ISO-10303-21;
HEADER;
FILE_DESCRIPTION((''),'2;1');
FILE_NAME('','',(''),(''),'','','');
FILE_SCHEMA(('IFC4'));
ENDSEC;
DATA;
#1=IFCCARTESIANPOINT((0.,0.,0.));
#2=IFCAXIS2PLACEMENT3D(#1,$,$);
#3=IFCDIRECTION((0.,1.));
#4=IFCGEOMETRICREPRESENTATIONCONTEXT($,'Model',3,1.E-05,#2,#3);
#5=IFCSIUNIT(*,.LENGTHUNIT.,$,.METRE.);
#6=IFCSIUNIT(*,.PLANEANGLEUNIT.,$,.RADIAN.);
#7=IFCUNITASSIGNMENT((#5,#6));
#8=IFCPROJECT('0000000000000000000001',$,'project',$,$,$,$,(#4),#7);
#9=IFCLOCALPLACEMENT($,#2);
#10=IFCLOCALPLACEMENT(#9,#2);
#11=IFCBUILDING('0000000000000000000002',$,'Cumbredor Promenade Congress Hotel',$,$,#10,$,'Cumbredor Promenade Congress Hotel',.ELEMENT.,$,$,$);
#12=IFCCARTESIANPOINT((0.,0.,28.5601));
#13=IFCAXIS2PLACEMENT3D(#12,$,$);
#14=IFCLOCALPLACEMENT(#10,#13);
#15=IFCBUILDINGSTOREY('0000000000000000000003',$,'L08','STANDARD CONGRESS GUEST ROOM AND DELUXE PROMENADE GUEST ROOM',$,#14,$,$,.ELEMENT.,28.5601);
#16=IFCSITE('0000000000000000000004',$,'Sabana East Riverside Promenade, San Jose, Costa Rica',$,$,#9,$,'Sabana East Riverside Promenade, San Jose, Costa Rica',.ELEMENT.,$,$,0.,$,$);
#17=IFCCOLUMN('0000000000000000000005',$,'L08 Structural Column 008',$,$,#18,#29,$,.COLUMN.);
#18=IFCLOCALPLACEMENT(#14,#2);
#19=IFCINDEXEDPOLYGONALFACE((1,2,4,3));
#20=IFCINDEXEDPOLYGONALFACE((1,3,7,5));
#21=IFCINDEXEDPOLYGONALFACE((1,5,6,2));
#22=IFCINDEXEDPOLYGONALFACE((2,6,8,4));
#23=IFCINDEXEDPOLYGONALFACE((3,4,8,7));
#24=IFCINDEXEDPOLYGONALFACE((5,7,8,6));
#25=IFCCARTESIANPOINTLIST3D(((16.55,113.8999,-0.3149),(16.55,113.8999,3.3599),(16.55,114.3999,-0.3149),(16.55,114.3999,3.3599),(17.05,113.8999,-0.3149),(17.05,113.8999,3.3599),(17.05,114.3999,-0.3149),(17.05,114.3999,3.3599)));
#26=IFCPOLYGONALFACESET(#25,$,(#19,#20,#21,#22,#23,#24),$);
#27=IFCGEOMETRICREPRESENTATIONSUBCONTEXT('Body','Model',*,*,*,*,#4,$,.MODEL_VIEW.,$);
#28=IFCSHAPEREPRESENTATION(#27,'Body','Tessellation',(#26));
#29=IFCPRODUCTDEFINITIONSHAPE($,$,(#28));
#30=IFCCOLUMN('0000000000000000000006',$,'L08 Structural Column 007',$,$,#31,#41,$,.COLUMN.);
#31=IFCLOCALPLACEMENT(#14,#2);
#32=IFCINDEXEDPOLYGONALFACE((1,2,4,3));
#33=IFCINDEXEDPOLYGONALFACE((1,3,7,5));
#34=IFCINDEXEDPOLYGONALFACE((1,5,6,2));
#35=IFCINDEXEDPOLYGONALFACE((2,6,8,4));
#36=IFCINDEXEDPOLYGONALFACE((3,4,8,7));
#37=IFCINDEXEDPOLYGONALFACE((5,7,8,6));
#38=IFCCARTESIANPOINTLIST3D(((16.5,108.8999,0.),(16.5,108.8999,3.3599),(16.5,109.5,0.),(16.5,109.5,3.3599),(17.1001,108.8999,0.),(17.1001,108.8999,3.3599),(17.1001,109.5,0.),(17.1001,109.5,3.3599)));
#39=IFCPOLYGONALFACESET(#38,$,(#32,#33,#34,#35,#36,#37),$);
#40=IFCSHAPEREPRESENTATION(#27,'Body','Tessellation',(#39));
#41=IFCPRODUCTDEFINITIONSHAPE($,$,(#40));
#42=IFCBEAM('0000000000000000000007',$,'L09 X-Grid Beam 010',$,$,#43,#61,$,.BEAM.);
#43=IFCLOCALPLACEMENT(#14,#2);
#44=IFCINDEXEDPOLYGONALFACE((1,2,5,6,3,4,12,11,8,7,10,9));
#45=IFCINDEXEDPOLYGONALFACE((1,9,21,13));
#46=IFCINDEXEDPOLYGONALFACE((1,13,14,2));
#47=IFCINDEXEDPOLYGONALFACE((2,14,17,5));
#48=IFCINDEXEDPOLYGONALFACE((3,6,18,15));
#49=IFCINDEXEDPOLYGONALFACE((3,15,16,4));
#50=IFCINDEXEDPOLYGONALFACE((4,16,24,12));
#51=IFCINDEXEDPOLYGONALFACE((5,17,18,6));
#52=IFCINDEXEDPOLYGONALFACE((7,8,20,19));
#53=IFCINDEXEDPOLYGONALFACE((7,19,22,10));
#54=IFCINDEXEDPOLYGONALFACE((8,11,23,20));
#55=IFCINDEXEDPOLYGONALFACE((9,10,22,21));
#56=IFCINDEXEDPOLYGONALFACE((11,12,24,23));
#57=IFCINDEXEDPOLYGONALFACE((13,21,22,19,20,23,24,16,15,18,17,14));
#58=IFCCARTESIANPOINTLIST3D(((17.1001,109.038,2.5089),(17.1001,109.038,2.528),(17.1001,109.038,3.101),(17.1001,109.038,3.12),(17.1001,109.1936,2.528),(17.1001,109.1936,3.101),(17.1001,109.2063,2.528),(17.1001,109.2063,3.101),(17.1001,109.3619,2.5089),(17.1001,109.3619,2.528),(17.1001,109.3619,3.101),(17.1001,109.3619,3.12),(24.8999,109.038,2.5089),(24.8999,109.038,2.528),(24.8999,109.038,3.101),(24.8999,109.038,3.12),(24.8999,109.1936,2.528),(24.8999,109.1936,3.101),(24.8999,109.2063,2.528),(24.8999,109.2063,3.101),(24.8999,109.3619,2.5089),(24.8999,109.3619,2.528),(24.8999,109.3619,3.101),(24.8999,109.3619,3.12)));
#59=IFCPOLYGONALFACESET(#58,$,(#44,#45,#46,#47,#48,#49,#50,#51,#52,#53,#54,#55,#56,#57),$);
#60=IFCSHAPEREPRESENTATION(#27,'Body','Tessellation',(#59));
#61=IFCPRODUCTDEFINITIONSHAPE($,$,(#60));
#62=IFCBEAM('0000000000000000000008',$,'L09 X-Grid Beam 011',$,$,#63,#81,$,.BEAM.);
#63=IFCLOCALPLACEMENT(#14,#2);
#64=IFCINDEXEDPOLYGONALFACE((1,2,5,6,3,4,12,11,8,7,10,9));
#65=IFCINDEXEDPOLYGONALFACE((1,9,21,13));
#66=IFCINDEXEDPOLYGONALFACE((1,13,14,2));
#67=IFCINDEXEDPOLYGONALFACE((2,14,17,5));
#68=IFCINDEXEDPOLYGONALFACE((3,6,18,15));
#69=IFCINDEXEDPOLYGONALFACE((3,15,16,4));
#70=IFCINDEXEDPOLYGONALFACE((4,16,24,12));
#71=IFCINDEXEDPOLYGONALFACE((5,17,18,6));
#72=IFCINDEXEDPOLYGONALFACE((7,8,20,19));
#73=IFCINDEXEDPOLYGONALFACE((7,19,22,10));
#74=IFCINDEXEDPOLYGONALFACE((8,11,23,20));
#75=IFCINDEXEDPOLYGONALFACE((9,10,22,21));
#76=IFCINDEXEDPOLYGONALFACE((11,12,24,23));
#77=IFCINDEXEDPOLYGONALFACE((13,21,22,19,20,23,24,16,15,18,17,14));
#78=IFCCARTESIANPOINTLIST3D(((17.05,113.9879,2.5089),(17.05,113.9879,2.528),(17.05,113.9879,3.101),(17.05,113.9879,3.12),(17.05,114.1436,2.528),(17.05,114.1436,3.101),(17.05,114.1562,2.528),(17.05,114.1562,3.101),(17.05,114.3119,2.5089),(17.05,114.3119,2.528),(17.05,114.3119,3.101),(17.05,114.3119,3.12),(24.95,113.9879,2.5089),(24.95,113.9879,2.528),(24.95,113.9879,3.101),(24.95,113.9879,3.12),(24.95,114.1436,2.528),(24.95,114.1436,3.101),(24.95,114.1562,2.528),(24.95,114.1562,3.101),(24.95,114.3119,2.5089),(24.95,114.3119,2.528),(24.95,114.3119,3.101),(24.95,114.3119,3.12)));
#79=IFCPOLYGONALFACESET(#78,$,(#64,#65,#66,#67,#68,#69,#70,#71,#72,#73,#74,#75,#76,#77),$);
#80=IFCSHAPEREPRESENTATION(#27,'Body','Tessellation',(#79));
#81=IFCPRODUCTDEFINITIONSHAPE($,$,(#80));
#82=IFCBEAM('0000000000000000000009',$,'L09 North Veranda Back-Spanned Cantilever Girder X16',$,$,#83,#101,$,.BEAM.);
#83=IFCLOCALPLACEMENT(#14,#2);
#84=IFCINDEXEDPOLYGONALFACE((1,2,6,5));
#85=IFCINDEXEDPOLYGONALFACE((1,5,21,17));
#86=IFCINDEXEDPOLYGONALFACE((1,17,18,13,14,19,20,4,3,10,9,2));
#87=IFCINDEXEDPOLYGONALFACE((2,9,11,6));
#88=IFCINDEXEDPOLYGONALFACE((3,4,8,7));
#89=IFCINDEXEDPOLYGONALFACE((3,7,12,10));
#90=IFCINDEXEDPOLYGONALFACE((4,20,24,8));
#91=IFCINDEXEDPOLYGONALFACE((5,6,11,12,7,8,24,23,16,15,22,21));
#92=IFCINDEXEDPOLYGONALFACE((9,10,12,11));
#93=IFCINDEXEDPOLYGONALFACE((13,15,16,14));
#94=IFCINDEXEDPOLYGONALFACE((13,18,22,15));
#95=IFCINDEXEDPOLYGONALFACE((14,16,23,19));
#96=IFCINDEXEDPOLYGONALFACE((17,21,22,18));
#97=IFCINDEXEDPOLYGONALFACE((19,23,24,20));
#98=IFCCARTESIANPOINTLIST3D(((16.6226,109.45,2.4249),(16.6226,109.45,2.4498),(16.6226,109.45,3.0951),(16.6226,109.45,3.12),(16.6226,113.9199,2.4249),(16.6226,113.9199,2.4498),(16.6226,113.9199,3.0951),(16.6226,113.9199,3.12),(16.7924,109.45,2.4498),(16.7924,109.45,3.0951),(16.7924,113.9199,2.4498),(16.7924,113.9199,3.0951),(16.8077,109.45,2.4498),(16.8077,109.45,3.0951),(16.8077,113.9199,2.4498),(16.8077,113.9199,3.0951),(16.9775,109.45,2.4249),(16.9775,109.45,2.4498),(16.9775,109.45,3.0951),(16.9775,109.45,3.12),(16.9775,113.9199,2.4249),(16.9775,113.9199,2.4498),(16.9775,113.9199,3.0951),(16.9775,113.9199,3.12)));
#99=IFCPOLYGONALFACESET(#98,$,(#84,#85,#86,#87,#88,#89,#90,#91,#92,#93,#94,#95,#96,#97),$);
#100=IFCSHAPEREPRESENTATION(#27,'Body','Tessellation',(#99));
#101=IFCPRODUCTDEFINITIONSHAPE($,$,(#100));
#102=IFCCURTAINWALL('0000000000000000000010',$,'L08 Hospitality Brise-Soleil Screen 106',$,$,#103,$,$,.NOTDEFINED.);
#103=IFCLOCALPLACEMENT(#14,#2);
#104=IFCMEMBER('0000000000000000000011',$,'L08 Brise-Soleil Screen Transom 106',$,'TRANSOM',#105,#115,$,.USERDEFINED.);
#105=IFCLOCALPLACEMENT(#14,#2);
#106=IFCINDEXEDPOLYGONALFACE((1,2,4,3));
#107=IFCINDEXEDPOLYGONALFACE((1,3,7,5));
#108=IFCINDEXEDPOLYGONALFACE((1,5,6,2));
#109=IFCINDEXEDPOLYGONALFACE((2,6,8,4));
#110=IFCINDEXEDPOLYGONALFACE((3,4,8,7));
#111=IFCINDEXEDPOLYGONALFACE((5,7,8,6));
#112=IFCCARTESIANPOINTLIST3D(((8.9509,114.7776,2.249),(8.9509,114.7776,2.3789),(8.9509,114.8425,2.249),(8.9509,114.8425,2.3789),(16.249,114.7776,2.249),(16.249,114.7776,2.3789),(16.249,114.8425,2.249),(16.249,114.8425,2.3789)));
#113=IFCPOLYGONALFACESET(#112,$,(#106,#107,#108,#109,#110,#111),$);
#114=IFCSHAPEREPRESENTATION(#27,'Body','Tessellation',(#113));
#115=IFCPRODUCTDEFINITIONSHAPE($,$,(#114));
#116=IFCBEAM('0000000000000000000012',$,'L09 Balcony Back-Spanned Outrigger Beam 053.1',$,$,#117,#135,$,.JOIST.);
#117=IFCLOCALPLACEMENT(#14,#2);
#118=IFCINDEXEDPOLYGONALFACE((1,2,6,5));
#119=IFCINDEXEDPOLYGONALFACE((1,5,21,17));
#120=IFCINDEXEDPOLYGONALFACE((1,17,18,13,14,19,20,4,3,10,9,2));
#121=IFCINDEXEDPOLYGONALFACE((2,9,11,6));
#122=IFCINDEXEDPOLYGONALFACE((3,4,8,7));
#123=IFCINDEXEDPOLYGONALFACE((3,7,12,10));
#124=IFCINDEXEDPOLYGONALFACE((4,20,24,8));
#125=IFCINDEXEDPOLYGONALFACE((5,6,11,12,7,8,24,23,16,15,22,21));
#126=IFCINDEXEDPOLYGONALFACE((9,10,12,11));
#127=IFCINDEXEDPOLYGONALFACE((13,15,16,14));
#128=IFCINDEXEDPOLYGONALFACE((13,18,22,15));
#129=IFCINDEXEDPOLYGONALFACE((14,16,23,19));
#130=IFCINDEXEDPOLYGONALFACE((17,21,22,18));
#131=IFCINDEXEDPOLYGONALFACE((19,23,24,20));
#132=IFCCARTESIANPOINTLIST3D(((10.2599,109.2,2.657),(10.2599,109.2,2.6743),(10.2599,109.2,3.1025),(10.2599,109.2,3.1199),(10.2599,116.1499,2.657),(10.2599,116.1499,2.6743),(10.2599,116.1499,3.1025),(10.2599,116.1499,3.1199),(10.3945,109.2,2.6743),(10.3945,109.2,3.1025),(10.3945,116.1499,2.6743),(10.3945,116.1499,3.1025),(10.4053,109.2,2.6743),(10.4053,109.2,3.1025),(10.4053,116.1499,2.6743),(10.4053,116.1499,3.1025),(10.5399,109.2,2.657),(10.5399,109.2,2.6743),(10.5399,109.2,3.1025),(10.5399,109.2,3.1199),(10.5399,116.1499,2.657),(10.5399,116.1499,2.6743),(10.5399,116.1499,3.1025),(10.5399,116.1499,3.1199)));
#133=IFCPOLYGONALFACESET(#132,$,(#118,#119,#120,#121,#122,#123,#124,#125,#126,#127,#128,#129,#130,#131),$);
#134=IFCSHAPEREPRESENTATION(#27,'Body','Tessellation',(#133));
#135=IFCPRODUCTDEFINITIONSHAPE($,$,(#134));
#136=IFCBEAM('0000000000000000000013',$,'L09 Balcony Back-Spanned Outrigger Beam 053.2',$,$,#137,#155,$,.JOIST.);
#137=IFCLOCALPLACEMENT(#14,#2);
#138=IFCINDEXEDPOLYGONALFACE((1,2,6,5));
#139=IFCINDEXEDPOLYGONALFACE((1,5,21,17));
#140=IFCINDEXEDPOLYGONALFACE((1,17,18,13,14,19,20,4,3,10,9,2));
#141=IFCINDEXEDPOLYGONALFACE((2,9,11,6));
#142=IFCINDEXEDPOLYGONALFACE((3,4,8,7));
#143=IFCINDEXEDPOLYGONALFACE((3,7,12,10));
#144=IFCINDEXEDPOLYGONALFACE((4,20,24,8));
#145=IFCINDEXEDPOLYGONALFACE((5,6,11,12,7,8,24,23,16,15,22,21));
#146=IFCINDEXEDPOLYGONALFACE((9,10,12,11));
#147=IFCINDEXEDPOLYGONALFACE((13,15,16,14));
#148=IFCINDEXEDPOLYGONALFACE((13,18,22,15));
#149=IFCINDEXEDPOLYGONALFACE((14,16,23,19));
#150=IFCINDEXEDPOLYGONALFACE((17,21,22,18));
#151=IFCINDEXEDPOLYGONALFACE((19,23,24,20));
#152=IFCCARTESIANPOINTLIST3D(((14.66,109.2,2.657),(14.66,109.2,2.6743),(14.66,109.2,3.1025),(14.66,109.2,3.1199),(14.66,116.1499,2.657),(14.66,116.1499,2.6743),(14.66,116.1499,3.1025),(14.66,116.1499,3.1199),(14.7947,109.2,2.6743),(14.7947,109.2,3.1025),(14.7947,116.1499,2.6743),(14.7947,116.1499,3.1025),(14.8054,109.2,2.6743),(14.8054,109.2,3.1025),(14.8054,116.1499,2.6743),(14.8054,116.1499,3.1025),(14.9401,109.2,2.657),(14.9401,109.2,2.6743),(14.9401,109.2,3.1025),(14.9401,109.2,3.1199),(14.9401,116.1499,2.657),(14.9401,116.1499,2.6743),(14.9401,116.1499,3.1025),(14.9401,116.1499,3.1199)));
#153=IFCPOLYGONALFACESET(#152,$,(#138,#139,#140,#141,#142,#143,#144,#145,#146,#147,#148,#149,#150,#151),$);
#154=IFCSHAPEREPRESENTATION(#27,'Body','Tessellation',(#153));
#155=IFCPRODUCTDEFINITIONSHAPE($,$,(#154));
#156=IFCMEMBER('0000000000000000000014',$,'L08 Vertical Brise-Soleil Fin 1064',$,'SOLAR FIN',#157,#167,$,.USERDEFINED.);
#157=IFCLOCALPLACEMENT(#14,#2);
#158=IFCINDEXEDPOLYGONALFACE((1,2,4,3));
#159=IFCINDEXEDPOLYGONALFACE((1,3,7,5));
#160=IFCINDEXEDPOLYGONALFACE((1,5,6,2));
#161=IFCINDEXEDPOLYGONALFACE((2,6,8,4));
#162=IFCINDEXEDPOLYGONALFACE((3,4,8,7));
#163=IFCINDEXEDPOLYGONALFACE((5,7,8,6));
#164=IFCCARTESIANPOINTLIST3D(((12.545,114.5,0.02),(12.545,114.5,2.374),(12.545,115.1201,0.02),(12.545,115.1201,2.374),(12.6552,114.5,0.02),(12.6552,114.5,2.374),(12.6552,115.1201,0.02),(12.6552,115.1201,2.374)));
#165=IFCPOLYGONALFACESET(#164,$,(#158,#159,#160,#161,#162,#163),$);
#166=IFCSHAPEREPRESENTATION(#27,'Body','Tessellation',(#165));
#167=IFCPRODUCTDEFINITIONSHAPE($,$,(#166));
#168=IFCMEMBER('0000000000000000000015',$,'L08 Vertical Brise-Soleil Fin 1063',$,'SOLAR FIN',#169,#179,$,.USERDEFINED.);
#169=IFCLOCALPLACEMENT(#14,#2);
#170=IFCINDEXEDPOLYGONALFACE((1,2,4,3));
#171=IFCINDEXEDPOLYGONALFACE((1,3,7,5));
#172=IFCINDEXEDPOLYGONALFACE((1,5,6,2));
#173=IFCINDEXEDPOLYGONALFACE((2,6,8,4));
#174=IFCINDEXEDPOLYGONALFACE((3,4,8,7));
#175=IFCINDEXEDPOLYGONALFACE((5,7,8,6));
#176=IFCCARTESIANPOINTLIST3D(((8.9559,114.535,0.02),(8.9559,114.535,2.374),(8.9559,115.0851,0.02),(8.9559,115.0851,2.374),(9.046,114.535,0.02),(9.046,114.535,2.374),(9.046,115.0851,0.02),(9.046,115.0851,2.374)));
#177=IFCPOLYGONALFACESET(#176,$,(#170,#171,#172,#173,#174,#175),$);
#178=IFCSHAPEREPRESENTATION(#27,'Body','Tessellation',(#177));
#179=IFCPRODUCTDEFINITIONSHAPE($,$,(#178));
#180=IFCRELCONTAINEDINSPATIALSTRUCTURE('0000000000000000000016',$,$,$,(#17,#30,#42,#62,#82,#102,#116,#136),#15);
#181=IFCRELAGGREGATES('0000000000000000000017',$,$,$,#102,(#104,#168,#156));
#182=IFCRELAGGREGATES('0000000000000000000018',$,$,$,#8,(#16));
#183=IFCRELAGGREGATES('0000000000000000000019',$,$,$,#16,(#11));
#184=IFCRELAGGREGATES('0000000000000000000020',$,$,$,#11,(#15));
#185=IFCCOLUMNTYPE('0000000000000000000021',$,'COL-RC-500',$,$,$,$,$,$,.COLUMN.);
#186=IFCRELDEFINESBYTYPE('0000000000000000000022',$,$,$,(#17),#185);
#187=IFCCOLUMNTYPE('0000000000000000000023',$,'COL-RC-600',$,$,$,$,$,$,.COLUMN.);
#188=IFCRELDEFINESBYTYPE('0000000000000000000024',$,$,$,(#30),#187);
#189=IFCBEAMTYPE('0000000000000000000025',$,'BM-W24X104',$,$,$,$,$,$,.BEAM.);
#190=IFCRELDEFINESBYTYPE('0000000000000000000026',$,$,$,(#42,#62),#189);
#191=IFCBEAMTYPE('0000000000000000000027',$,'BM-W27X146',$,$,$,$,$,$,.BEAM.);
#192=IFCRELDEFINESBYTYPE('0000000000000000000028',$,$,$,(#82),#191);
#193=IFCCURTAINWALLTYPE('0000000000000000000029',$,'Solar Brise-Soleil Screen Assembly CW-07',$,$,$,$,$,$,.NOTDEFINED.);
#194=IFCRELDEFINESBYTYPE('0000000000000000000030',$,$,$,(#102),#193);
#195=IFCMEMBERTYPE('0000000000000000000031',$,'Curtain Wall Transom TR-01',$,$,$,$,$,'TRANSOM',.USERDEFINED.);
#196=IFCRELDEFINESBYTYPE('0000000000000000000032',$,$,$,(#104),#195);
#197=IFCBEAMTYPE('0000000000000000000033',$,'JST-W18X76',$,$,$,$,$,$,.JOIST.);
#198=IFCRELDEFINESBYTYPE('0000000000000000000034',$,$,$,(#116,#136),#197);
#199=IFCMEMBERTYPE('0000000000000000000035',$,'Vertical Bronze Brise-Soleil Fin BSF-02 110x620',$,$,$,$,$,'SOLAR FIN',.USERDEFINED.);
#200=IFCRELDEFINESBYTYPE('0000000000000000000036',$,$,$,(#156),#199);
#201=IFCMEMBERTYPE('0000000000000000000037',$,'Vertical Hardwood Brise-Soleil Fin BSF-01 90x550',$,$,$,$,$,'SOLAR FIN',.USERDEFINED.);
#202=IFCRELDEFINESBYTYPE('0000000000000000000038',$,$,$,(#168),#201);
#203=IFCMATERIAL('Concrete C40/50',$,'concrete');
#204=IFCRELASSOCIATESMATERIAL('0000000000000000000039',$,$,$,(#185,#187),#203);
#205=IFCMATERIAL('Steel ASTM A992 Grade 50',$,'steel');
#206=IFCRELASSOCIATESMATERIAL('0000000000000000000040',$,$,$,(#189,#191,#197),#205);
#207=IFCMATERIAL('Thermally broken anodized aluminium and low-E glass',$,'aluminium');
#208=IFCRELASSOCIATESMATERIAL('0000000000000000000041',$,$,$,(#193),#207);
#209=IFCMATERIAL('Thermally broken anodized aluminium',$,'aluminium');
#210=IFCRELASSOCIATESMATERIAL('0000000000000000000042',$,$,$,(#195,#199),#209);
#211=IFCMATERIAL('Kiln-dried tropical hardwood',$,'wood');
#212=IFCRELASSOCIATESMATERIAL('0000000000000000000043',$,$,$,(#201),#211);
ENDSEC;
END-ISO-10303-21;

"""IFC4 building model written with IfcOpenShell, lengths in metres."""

from ifc_helpers import new_model, si_unit, direction, frame, origin, origin_2d, place, context, subcontext, project, spatial, rectangle, i_section, extrude, material, material_profile, profile_set, type_object, element, aggregate, save


model = new_model("IFC4")

# Units and contexts
model_context = context("Model", 3, precision=1e-05, world=origin(), true_north=direction((0.0, 1.0)))
body_context = subcontext(model_context, "Body", "Model", "MODEL_VIEW")
ifc_project = project(units=[si_unit("LENGTHUNIT", "METRE"), si_unit("PLANEANGLEUNIT", "RADIAN")], contexts=[model_context])

# Site, building, storey
site_placement = place(None, origin())
site = spatial("IfcSite", under=ifc_project, at=site_placement, Name="Sabana East Riverside Promenade, San Jose, Costa Rica", LongName="Sabana East Riverside Promenade, San Jose, Costa Rica", CompositionType="ELEMENT", RefElevation=0.0)
building_placement = place(site_placement, origin())
building = spatial("IfcBuilding", under=site, at=building_placement, Name="Cumbredor Promenade Congress Hotel", LongName="Cumbredor Promenade Congress Hotel", CompositionType="ELEMENT")
storey_placement = place(building_placement, frame((0.0, 0.0, 28.5601)))
storey = spatial("IfcBuildingStorey", under=building, at=storey_placement, Name="L08", Description="STANDARD CONGRESS GUEST ROOM AND DELUXE PROMENADE GUEST ROOM", CompositionType="ELEMENT", Elevation=28.5601)

# Columns
ifc_material_1 = material(Name="Concrete C40/50", Category="concrete")
ifc_material_profile_1 = material_profile(ifc_material_1, rectangle(XDim=0.5, YDim=0.5, at=origin_2d()), Name="RC 500x500")
ifc_profile_set_1 = profile_set([ifc_material_profile_1], Name="Concrete C40/50")
column_type_1 = type_object("IfcColumnType", Name="COL-RC-500", PredefinedType="COLUMN", material=ifc_profile_set_1)
column_1_placement = place(storey_placement, frame((16.8, 114.1499, -0.3149), z_axis=(0.0, 0.0, 1.0), x_axis=(1.0, 0.0, 0.0)))
element("IfcColumn", 1, at=column_1_placement, inside=storey, type_object=column_type_1, Name="L08 Structural Column 008", PredefinedType="COLUMN", context=body_context, shape_type="SweptSolid", body=[
    extrude(rectangle(XDim=0.5, YDim=0.5, at=origin_2d()), origin(), (0.0, 0.0, 1.0), 3.6748),
])
ifc_material_profile_2 = material_profile(ifc_material_1, rectangle(XDim=0.6001, YDim=0.6001, at=origin_2d()), Name="RC 600x600")
ifc_profile_set_2 = profile_set([ifc_material_profile_2], Name="Concrete C40/50")
column_type_2 = type_object("IfcColumnType", Name="COL-RC-600", PredefinedType="COLUMN", material=ifc_profile_set_2)
column_2_placement = place(storey_placement, frame((16.8, 109.2, 0.0), z_axis=(0.0, 0.0, 1.0), x_axis=(1.0, 0.0, 0.0)))
element("IfcColumn", 2, at=column_2_placement, inside=storey, type_object=column_type_2, Name="L08 Structural Column 007", PredefinedType="COLUMN", context=body_context, shape_type="SweptSolid", body=[
    extrude(rectangle(XDim=0.6001, YDim=0.6001, at=origin_2d()), origin(), (0.0, 0.0, 1.0), 3.3599),
])

# Beams
ifc_material_2 = material(Name="Steel ASTM A992 Grade 50", Category="steel")
ifc_material_profile_3 = material_profile(ifc_material_2, i_section(OverallWidth=0.324, OverallDepth=0.6111, WebThickness=0.0127, FlangeThickness=0.019, at=origin_2d()), Name="W24X104")
ifc_profile_set_3 = profile_set([ifc_material_profile_3], Name="Steel ASTM A992 Grade 50")
beam_type_1 = type_object("IfcBeamType", Name="BM-W24X104", PredefinedType="BEAM", material=ifc_profile_set_3)
beam_1_placement = place(storey_placement, frame((17.1001, 109.2, 2.8145), z_axis=(1.0, 0.0, 0.0), x_axis=(0.0, 1.0, 0.0)))
element("IfcBeam", 3, at=beam_1_placement, inside=storey, type_object=beam_type_1, Name="L09 X-Grid Beam 010", PredefinedType="BEAM", context=body_context, shape_type="SweptSolid", body=[
    extrude(i_section(OverallWidth=0.324, OverallDepth=0.6111, WebThickness=0.0127, FlangeThickness=0.019, at=origin_2d()), origin(), (0.0, 0.0, 1.0), 7.7998),
])
beam_2_placement = place(storey_placement, frame((17.05, 114.1499, 2.8145), z_axis=(1.0, 0.0, 0.0), x_axis=(0.0, 1.0, 0.0)))
element("IfcBeam", 4, at=beam_2_placement, inside=storey, type_object=beam_type_1, Name="L09 X-Grid Beam 011", PredefinedType="BEAM", context=body_context, shape_type="SweptSolid", body=[
    extrude(i_section(OverallWidth=0.324, OverallDepth=0.6111, WebThickness=0.0127, FlangeThickness=0.019, at=origin_2d()), origin(), (0.0, 0.0, 1.0), 7.8999),
])
ifc_material_profile_4 = material_profile(ifc_material_2, i_section(OverallWidth=0.355, OverallDepth=0.6951, WebThickness=0.0154, FlangeThickness=0.0249, at=origin_2d()), Name="W27X146")
ifc_profile_set_4 = profile_set([ifc_material_profile_4], Name="Steel ASTM A992 Grade 50")
beam_type_2 = type_object("IfcBeamType", Name="BM-W27X146", PredefinedType="BEAM", material=ifc_profile_set_4)
beam_3_placement = place(storey_placement, frame((16.8, 109.45, 2.7725), z_axis=(0.0, 1.0, 0.0), x_axis=(-1.0, 0.0, 0.0)))
element("IfcBeam", 5, at=beam_3_placement, inside=storey, type_object=beam_type_2, Name="L09 North Veranda Back-Spanned Cantilever Girder X16", PredefinedType="BEAM", context=body_context, shape_type="SweptSolid", body=[
    extrude(i_section(OverallWidth=0.355, OverallDepth=0.6951, WebThickness=0.0154, FlangeThickness=0.0249, at=origin_2d()), origin(), (0.0, 0.0, 1.0), 4.47),
])

# Curtain wall, member
ifc_material_3 = material(Name="Thermally broken anodized aluminium and low-E glass", Category="aluminium")
curtain_wall_type = type_object("IfcCurtainWallType", Name="Solar Brise-Soleil Screen Assembly CW-07", PredefinedType="NOTDEFINED", material=ifc_material_3)
curtain_wall_placement = place(storey_placement, origin())
curtain_wall = element("IfcCurtainWall", 6, at=curtain_wall_placement, inside=storey, type_object=curtain_wall_type, Name="L08 Hospitality Brise-Soleil Screen 106", PredefinedType="NOTDEFINED")
ifc_material_4 = material(Name="Thermally broken anodized aluminium", Category="aluminium")
ifc_material_profile_5 = material_profile(ifc_material_4, rectangle(XDim=0.0649, YDim=0.1299, at=origin_2d()), Name="ALU TRANSOM 65x130")
ifc_profile_set_5 = profile_set([ifc_material_profile_5], Name="Thermally broken anodized aluminium")
member_type_1 = type_object("IfcMemberType", Name="Curtain Wall Transom TR-01", ElementType="TRANSOM", PredefinedType="USERDEFINED", material=ifc_profile_set_5)
member_1_placement = place(storey_placement, frame((8.9509, 114.8101, 2.314), z_axis=(1.0, 0.0, 0.0), x_axis=(0.0, 1.0, 0.0)))
member_1 = element("IfcMember", 7, at=member_1_placement, type_object=member_type_1, Name="L08 Brise-Soleil Screen Transom 106", ObjectType="TRANSOM", PredefinedType="USERDEFINED", context=body_context, shape_type="SweptSolid", body=[
    extrude(rectangle(XDim=0.0649, YDim=0.1299, at=origin_2d()), origin(), (0.0, 0.0, 1.0), 7.2981),
])

# Beams
ifc_material_profile_6 = material_profile(ifc_material_2, i_section(OverallWidth=0.28, OverallDepth=0.4629, WebThickness=0.0107, FlangeThickness=0.0173, at=origin_2d()), Name="W18X76")
ifc_profile_set_6 = profile_set([ifc_material_profile_6], Name="Steel ASTM A992 Grade 50")
beam_type_3 = type_object("IfcBeamType", Name="JST-W18X76", PredefinedType="JOIST", material=ifc_profile_set_6)
for number, where, z_axis, x_axis, name in (
    (8, (10.3999, 109.2, 2.8884), (0.0, 1.0, 0.0), (-1.0, 0.0, 0.0), "L09 Balcony Back-Spanned Outrigger Beam 053.1"),
    (9, (14.8, 109.2, 2.8884), (0.0, 1.0, 0.0), (-1.0, 0.0, 0.0), "L09 Balcony Back-Spanned Outrigger Beam 053.2"),
):
    element("IfcBeam", number, at=place(storey_placement, frame(where, z_axis=z_axis, x_axis=x_axis)), inside=storey, type_object=beam_type_3, Name=name, PredefinedType="JOIST", context=body_context, shape_type="SweptSolid", body=[
        extrude(i_section(OverallWidth=0.28, OverallDepth=0.4629, WebThickness=0.0107, FlangeThickness=0.0173, at=origin_2d()), origin(), (0.0, 0.0, 1.0), 6.95),
    ])

# Members
ifc_material_profile_7 = material_profile(ifc_material_4, rectangle(XDim=0.1101, YDim=0.6201, at=origin_2d()), Name="ARCH FIN 110x620")
ifc_profile_set_7 = profile_set([ifc_material_profile_7], Name="Thermally broken anodized aluminium")
member_type_2 = type_object("IfcMemberType", Name="Vertical Bronze Brise-Soleil Fin BSF-02 110x620", ElementType="SOLAR FIN", PredefinedType="USERDEFINED", material=ifc_profile_set_7)
member_2_placement = place(storey_placement, frame((12.6001, 114.8101, 0.02), z_axis=(0.0, 0.0, 1.0), x_axis=(1.0, 0.0, 0.0)))
member_2 = element("IfcMember", 10, at=member_2_placement, type_object=member_type_2, Name="L08 Vertical Brise-Soleil Fin 1064", ObjectType="SOLAR FIN", PredefinedType="USERDEFINED", context=body_context, shape_type="SweptSolid", body=[
    extrude(rectangle(XDim=0.1101, YDim=0.6201, at=origin_2d()), origin(), (0.0, 0.0, 1.0), 2.354),
])
ifc_material_5 = material(Name="Kiln-dried tropical hardwood", Category="wood")
ifc_material_profile_8 = material_profile(ifc_material_5, rectangle(XDim=0.0901, YDim=0.55, at=origin_2d()), Name="ARCH FIN 90x550")
ifc_profile_set_8 = profile_set([ifc_material_profile_8], Name="Kiln-dried tropical hardwood")
member_type_3 = type_object("IfcMemberType", Name="Vertical Hardwood Brise-Soleil Fin BSF-01 90x550", ElementType="SOLAR FIN", PredefinedType="USERDEFINED", material=ifc_profile_set_8)
member_3_placement = place(storey_placement, frame((9.001, 114.8101, 0.02), z_axis=(0.0, 0.0, 1.0), x_axis=(1.0, 0.0, 0.0)))
member_3 = element("IfcMember", 11, at=member_3_placement, type_object=member_type_3, Name="L08 Vertical Brise-Soleil Fin 1063", ObjectType="SOLAR FIN", PredefinedType="USERDEFINED", context=body_context, shape_type="SweptSolid", body=[
    extrude(rectangle(XDim=0.0901, YDim=0.55, at=origin_2d()), origin(), (0.0, 0.0, 1.0), 2.354),
])

aggregate(curtain_wall, [member_1, member_3, member_2])

save(model, "model.ifc")
